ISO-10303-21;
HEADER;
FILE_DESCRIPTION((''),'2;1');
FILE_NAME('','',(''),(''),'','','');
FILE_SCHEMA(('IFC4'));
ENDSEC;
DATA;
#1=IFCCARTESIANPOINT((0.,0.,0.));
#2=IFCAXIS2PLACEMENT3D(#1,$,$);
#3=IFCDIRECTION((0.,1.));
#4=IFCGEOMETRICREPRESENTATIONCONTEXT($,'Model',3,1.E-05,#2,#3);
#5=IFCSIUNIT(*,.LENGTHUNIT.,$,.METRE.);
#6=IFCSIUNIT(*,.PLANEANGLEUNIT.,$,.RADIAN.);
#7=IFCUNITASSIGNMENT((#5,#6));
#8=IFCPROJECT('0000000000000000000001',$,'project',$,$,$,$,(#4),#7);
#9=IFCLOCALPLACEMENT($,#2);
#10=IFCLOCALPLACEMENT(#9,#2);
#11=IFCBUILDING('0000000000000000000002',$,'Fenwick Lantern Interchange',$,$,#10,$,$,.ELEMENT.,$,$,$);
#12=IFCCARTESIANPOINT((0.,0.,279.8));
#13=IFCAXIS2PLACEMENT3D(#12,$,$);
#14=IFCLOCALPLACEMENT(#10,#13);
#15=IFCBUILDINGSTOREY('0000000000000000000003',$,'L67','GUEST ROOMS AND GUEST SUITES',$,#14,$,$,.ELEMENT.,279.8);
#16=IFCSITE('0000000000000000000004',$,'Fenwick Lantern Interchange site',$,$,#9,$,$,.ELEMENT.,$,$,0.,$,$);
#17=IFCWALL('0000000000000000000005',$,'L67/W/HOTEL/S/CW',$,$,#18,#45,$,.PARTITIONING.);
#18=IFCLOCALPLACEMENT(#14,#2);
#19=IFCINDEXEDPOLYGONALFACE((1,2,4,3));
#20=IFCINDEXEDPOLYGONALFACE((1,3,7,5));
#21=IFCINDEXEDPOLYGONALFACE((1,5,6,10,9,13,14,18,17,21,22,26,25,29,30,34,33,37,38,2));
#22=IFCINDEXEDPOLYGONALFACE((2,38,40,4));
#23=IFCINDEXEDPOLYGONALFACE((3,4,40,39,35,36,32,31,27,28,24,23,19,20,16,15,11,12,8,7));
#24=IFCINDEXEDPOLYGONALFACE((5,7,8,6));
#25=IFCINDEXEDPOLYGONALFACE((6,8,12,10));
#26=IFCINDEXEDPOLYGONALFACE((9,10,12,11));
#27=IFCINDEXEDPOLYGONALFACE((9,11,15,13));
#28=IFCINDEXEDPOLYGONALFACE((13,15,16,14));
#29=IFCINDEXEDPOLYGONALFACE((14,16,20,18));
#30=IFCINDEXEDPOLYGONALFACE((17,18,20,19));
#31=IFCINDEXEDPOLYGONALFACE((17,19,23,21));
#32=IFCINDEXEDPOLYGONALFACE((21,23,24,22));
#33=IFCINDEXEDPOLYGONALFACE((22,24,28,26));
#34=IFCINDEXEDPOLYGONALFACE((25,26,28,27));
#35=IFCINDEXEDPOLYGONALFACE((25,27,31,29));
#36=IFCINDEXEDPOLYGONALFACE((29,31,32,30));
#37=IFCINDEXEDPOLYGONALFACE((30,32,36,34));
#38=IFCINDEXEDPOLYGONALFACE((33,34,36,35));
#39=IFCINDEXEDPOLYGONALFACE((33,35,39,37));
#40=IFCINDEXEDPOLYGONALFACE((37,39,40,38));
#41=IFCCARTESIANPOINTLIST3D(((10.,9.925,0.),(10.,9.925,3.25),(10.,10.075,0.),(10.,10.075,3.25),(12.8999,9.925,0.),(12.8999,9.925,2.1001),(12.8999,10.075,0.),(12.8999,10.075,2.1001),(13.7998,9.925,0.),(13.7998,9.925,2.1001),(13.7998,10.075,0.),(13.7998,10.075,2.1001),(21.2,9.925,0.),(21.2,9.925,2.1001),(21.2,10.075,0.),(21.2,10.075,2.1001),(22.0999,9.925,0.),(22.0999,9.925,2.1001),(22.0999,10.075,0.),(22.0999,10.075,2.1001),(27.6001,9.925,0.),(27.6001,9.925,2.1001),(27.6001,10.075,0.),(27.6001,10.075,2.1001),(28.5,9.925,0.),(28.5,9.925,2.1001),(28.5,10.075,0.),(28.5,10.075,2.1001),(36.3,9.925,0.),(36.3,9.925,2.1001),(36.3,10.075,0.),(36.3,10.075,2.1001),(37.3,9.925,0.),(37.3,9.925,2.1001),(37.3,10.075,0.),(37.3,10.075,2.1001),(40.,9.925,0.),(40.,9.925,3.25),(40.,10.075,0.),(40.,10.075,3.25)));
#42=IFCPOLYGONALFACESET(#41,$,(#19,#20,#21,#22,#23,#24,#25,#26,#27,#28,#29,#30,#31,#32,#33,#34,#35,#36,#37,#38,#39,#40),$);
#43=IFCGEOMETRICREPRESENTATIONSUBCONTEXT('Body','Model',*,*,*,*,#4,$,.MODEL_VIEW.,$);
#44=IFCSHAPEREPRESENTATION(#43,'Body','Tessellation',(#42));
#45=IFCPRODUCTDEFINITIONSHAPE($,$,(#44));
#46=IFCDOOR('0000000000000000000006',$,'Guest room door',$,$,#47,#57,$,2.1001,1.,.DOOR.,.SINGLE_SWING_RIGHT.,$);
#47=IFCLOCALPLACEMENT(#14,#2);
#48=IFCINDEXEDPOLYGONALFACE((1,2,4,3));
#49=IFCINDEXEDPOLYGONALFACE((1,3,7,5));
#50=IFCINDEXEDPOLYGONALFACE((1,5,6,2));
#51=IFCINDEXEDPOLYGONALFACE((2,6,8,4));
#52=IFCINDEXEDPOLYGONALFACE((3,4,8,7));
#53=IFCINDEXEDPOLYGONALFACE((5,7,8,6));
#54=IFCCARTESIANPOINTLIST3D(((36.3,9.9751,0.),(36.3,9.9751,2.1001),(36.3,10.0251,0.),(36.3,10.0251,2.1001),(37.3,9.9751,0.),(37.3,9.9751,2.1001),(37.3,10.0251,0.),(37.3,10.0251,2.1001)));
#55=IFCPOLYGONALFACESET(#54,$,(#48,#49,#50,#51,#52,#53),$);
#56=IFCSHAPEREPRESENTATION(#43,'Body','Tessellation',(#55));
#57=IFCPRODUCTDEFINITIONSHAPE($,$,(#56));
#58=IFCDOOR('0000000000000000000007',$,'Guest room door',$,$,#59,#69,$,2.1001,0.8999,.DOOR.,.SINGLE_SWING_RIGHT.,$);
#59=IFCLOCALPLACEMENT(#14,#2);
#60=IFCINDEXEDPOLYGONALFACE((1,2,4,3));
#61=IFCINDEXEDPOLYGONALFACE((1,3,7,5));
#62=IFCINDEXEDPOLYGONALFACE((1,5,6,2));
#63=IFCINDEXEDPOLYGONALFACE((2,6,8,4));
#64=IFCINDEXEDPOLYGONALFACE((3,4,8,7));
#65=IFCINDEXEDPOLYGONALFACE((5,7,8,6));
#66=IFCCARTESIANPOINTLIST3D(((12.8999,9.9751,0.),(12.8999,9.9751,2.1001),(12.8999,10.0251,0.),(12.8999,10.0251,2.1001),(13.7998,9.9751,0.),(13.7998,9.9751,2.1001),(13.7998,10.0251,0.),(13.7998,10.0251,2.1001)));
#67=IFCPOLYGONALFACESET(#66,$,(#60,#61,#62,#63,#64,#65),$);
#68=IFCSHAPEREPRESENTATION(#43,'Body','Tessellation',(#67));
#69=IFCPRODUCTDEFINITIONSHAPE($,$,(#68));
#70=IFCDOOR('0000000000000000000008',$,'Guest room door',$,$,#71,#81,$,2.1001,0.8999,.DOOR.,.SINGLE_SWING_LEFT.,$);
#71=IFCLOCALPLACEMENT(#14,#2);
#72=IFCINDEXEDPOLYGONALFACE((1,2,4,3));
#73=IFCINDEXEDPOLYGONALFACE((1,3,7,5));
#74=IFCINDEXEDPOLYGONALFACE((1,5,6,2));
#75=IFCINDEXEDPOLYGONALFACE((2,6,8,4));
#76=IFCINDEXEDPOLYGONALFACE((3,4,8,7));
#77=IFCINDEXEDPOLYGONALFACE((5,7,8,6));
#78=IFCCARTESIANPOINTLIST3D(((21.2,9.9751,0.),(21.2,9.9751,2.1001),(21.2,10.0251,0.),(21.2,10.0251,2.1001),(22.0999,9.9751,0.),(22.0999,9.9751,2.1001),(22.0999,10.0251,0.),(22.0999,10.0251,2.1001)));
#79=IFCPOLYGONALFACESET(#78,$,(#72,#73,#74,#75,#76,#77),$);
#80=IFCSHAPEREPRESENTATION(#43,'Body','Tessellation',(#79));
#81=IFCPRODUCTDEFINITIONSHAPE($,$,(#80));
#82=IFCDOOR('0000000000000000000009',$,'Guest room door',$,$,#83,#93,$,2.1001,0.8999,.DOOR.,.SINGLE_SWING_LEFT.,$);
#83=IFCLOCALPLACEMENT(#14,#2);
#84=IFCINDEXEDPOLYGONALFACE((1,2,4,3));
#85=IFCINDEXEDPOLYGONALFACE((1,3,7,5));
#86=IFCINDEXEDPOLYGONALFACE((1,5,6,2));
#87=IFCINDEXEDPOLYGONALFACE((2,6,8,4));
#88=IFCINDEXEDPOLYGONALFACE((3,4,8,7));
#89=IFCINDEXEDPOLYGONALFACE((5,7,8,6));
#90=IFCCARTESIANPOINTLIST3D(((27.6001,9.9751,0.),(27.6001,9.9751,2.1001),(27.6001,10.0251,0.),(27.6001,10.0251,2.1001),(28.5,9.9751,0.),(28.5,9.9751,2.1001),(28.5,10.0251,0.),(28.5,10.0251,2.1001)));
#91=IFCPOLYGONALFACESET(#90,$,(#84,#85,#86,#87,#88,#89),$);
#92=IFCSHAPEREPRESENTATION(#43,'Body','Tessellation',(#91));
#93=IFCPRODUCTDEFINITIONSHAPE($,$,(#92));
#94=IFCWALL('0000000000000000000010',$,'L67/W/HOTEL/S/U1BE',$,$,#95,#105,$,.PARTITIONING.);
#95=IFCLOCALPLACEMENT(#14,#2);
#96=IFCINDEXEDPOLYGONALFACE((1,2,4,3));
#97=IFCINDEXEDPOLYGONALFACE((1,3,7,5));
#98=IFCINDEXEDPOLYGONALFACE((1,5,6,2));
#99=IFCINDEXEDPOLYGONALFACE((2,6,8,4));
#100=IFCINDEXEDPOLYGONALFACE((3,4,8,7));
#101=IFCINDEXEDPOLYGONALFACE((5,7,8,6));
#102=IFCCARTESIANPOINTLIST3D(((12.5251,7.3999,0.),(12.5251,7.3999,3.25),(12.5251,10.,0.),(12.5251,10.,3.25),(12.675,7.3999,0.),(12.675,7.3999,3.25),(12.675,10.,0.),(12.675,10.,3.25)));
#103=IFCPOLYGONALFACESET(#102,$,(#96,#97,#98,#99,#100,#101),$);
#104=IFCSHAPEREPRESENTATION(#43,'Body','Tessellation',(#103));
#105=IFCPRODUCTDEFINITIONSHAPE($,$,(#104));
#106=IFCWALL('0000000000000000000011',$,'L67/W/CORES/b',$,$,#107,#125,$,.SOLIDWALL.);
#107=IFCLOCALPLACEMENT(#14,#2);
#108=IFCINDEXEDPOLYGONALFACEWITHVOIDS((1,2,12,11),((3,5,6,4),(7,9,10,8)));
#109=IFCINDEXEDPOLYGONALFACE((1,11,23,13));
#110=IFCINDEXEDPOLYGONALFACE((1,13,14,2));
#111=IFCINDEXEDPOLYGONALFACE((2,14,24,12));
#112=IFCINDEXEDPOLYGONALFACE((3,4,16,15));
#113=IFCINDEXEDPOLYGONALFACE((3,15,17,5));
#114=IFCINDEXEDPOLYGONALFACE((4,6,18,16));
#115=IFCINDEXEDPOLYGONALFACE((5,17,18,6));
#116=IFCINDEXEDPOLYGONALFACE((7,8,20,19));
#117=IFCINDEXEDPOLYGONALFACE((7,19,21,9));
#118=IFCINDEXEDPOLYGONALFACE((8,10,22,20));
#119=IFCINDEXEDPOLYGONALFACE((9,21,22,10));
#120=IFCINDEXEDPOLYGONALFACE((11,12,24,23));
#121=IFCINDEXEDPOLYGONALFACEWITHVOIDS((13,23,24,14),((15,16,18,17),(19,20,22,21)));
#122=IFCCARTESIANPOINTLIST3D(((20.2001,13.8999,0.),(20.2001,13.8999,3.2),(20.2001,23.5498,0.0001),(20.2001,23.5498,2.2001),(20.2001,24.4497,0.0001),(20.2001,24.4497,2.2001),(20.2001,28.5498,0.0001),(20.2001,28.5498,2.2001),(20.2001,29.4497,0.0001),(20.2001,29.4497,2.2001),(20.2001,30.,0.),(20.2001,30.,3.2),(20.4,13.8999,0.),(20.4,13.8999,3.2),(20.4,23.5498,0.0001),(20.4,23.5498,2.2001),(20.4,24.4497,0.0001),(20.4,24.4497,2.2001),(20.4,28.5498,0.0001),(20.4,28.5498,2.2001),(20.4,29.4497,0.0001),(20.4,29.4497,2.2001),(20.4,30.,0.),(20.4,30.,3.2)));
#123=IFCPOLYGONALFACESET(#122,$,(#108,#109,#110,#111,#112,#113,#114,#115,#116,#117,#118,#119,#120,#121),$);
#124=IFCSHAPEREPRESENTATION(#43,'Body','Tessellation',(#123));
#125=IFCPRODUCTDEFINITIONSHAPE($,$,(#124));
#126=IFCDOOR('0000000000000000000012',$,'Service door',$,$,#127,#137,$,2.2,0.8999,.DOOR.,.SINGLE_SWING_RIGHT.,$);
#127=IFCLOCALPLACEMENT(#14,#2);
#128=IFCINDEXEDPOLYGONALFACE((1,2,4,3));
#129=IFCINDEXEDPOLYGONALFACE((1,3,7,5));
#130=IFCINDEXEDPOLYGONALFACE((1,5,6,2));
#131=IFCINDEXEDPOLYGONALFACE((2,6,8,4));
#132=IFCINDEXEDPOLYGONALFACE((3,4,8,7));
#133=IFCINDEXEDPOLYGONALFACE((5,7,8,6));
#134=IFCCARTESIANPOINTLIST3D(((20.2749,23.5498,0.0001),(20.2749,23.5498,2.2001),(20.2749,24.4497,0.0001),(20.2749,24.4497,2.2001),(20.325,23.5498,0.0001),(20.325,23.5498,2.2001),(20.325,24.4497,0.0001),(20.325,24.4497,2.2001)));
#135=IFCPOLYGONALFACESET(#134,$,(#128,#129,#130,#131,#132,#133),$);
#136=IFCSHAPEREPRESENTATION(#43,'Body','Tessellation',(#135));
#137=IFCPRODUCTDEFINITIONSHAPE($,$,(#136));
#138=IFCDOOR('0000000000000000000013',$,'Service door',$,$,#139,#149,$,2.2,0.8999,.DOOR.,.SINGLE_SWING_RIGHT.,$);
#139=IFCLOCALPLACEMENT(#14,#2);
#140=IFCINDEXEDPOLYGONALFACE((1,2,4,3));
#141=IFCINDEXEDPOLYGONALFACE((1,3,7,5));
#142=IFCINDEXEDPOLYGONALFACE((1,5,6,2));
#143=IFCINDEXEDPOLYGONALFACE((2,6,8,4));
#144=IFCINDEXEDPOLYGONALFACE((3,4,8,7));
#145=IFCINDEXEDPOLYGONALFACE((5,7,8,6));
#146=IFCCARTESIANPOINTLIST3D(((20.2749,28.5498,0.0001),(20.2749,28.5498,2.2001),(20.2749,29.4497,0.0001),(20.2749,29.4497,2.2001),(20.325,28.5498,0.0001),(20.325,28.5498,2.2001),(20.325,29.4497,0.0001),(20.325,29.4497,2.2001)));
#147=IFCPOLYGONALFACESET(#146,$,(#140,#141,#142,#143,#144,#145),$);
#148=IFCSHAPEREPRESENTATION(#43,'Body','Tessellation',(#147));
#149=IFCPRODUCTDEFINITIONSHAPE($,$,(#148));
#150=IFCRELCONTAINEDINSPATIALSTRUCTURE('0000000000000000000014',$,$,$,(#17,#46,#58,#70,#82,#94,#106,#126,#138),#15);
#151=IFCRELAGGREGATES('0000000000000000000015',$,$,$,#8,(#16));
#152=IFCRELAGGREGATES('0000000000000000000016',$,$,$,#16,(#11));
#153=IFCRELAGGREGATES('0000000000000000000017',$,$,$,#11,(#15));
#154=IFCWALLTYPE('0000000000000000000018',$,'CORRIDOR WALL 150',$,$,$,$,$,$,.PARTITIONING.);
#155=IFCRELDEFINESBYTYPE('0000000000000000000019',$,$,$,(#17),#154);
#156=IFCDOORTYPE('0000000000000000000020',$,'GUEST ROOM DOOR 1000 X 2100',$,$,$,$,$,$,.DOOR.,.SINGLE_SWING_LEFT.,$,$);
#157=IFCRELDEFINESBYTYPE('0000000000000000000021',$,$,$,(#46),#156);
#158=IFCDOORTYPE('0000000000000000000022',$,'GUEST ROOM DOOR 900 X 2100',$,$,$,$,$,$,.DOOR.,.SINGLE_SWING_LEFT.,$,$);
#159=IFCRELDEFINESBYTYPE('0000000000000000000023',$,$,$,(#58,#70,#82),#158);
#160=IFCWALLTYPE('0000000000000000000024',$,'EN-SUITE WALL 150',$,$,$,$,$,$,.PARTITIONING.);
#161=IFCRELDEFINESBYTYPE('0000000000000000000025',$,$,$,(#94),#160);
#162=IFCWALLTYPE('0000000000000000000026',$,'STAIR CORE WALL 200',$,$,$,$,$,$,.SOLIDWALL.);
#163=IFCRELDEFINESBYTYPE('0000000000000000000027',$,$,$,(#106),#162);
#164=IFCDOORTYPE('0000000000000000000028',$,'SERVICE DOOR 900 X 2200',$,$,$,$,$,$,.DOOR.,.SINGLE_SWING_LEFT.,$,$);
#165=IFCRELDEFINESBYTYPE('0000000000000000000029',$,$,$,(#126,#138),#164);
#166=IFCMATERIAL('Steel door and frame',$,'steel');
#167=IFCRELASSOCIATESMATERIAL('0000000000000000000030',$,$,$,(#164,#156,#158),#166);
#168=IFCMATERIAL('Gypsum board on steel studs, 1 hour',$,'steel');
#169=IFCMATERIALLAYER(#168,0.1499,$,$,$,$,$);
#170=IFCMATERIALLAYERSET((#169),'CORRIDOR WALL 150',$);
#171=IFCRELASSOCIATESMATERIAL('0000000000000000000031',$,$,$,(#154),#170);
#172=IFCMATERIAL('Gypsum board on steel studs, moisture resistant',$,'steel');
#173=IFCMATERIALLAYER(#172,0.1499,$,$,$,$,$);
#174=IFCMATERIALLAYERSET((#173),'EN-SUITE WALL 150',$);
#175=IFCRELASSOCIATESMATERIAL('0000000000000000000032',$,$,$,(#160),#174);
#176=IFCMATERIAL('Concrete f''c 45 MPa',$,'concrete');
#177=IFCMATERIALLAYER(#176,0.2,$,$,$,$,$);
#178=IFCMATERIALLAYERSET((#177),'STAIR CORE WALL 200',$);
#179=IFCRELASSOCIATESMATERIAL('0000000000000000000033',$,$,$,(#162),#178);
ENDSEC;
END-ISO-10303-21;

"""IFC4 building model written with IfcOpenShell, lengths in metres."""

from ifc_helpers import new_model, si_unit, direction, frame, frame_2d, origin, place, context, subcontext, project, spatial, rectangle, extrude, material, layer, layer_set, type_object, element, fill, save


model = new_model("IFC4")

# Units and contexts
model_context = context("Model", 3, precision=1e-05, world=origin(), true_north=direction((0.0, 1.0)))
body_context = subcontext(model_context, "Body", "Model", "MODEL_VIEW")
ifc_project = project(units=[si_unit("LENGTHUNIT", "METRE"), si_unit("PLANEANGLEUNIT", "RADIAN")], contexts=[model_context])

# Site, building, storey
site_placement = place(None, origin())
site = spatial("IfcSite", under=ifc_project, at=site_placement, Name="Fenwick Lantern Interchange site", CompositionType="ELEMENT", RefElevation=0.0)
building_placement = place(site_placement, origin())
building = spatial("IfcBuilding", under=site, at=building_placement, Name="Fenwick Lantern Interchange", CompositionType="ELEMENT")
storey_placement = place(building_placement, frame((0.0, 0.0, 279.8)))
storey = spatial("IfcBuildingStorey", under=building, at=storey_placement, Name="L67", Description="GUEST ROOMS AND GUEST SUITES", CompositionType="ELEMENT", Elevation=279.8)

# Shared definitions
ifc_material_1 = material(Name="Steel door and frame", Category="steel")
door_type_1 = type_object("IfcDoorType", Name="SERVICE DOOR 900 X 2200", OperationType="SINGLE_SWING_LEFT", PredefinedType="DOOR", material=ifc_material_1)

# Wall, openings, doors
ifc_material_2 = material(Name="Gypsum board on steel studs, 1 hour", Category="steel")
ifc_layer_1 = layer(ifc_material_2, 0.1499)
ifc_layer_set_1 = layer_set([ifc_layer_1], Name="CORRIDOR WALL 150")
wall_type_1 = type_object("IfcWallType", Name="CORRIDOR WALL 150", PredefinedType="PARTITIONING", material=ifc_layer_set_1)
wall_1_placement = place(storey_placement, frame((10.0, 10.0, 0.0), z_axis=(0.0, 0.0, 1.0), x_axis=(1.0, 0.0, 0.0)))
wall_1 = element("IfcWall", 1, at=wall_1_placement, inside=storey, type_object=wall_type_1, Name="L67/W/HOTEL/S/CW", PredefinedType="PARTITIONING", context=body_context, shape_type="SweptSolid", body=[
    extrude(rectangle(XDim=30.0, YDim=0.1499, at=frame_2d((15.0, 0.0))), origin(), (0.0, 0.0, 1.0), 3.25),
])
opening_1_placement = place(wall_1_placement, frame((2.8999, 0.0, 0.0)))
opening_1 = element("IfcOpeningElement", 2, at=opening_1_placement, cuts=wall_1, PredefinedType="OPENING", context=body_context, shape_type="SweptSolid", body=[
    extrude(rectangle(XDim=0.8999, YDim=2.1001, at=frame_2d((0.45, 1.05))), frame((0.0, 0.085, 0.0), z_axis=(0.0, -1.0, 0.0), x_axis=(1.0, 0.0, 0.0)), (0.0, 0.0, 1.0), 0.1699),
])
opening_2_placement = place(wall_1_placement, frame((11.2, 0.0, 0.0)))
opening_2 = element("IfcOpeningElement", 3, at=opening_2_placement, cuts=wall_1, PredefinedType="OPENING", context=body_context, shape_type="SweptSolid", body=[
    extrude(rectangle(XDim=0.8999, YDim=2.1001, at=frame_2d((0.45, 1.05))), frame((0.0, 0.085, 0.0), z_axis=(0.0, -1.0, 0.0), x_axis=(1.0, 0.0, 0.0)), (0.0, 0.0, 1.0), 0.1699),
])
opening_3_placement = place(wall_1_placement, frame((17.6001, 0.0, 0.0)))
opening_3 = element("IfcOpeningElement", 4, at=opening_3_placement, cuts=wall_1, PredefinedType="OPENING", context=body_context, shape_type="SweptSolid", body=[
    extrude(rectangle(XDim=0.8999, YDim=2.1001, at=frame_2d((0.45, 1.05))), frame((0.0, 0.085, 0.0), z_axis=(0.0, -1.0, 0.0), x_axis=(1.0, 0.0, 0.0)), (0.0, 0.0, 1.0), 0.1699),
])
opening_4_placement = place(wall_1_placement, frame((26.3, 0.0, 0.0)))
opening_4 = element("IfcOpeningElement", 5, at=opening_4_placement, cuts=wall_1, PredefinedType="OPENING", context=body_context, shape_type="SweptSolid", body=[
    extrude(rectangle(XDim=1.0, YDim=2.1001, at=frame_2d((0.5, 1.05))), frame((0.0, 0.085, 0.0), z_axis=(0.0, -1.0, 0.0), x_axis=(1.0, 0.0, 0.0)), (0.0, 0.0, 1.0), 0.1699),
])
door_type_2 = type_object("IfcDoorType", Name="GUEST ROOM DOOR 1000 X 2100", OperationType="SINGLE_SWING_LEFT", PredefinedType="DOOR", material=ifc_material_1)
door_1_placement = place(opening_4_placement, frame((1.0, 0.0, 0.0), z_axis=(0.0, 0.0, 1.0), x_axis=(-1.0, 0.0, 0.0)))
door_1 = element("IfcDoor", 6, at=door_1_placement, inside=storey, type_object=door_type_2, Name="Guest room door", OperationType="SINGLE_SWING_RIGHT", OverallHeight=2.1001, OverallWidth=1.0, PredefinedType="DOOR", context=body_context, shape_type="SweptSolid", body=[
    extrude(rectangle(XDim=1.0, YDim=2.1001, at=frame_2d((0.5, 1.05))), frame((0.0, 0.0249, 0.0), z_axis=(0.0, -1.0, 0.0), x_axis=(1.0, 0.0, 0.0)), (0.0, 0.0, 1.0), 0.05),
])
fill(opening_4, door_1)
door_type_3 = type_object("IfcDoorType", Name="GUEST ROOM DOOR 900 X 2100", OperationType="SINGLE_SWING_LEFT", PredefinedType="DOOR", material=ifc_material_1)
door_2_placement = place(opening_1_placement, frame((0.8999, 0.0, 0.0), z_axis=(0.0, 0.0, 1.0), x_axis=(-1.0, 0.0, 0.0)))
door_2 = element("IfcDoor", 7, at=door_2_placement, inside=storey, type_object=door_type_3, Name="Guest room door", OperationType="SINGLE_SWING_RIGHT", OverallHeight=2.1001, OverallWidth=0.8999, PredefinedType="DOOR", context=body_context, shape_type="SweptSolid", body=[
    extrude(rectangle(XDim=0.8999, YDim=2.1001, at=frame_2d((0.45, 1.05))), frame((0.0, 0.0249, 0.0), z_axis=(0.0, -1.0, 0.0), x_axis=(1.0, 0.0, 0.0)), (0.0, 0.0, 1.0), 0.05),
])
fill(opening_1, door_2)
door_3_placement = place(opening_2_placement, frame((0.8999, 0.0, 0.0), z_axis=(0.0, 0.0, 1.0), x_axis=(-1.0, 0.0, 0.0)))
door_3 = element("IfcDoor", 8, at=door_3_placement, inside=storey, type_object=door_type_3, Name="Guest room door", OperationType="SINGLE_SWING_LEFT", OverallHeight=2.1001, OverallWidth=0.8999, PredefinedType="DOOR", context=body_context, shape_type="SweptSolid", body=[
    extrude(rectangle(XDim=0.8999, YDim=2.1001, at=frame_2d((0.45, 1.05))), frame((0.0, 0.0249, 0.0), z_axis=(0.0, -1.0, 0.0), x_axis=(1.0, 0.0, 0.0)), (0.0, 0.0, 1.0), 0.05),
])
fill(opening_2, door_3)
door_4_placement = place(opening_3_placement, frame((0.8999, 0.0, 0.0), z_axis=(0.0, 0.0, 1.0), x_axis=(-1.0, 0.0, 0.0)))
door_4 = element("IfcDoor", 9, at=door_4_placement, inside=storey, type_object=door_type_3, Name="Guest room door", OperationType="SINGLE_SWING_LEFT", OverallHeight=2.1001, OverallWidth=0.8999, PredefinedType="DOOR", context=body_context, shape_type="SweptSolid", body=[
    extrude(rectangle(XDim=0.8999, YDim=2.1001, at=frame_2d((0.45, 1.05))), frame((0.0, 0.0249, 0.0), z_axis=(0.0, -1.0, 0.0), x_axis=(1.0, 0.0, 0.0)), (0.0, 0.0, 1.0), 0.05),
])
fill(opening_3, door_4)

# Wall
ifc_material_3 = material(Name="Gypsum board on steel studs, moisture resistant", Category="steel")
ifc_layer_2 = layer(ifc_material_3, 0.1499)
ifc_layer_set_2 = layer_set([ifc_layer_2], Name="EN-SUITE WALL 150")
wall_type_2 = type_object("IfcWallType", Name="EN-SUITE WALL 150", PredefinedType="PARTITIONING", material=ifc_layer_set_2)
wall_2_placement = place(storey_placement, frame((12.6001, 7.3999, 0.0), z_axis=(0.0, 0.0, 1.0), x_axis=(0.0, 1.0, 0.0)))
element("IfcWall", 10, at=wall_2_placement, inside=storey, type_object=wall_type_2, Name="L67/W/HOTEL/S/U1BE", PredefinedType="PARTITIONING", context=body_context, shape_type="SweptSolid", body=[
    extrude(rectangle(XDim=2.6001, YDim=0.1499, at=frame_2d((1.3, 0.0))), origin(), (0.0, 0.0, 1.0), 3.25),
])

# Wall, openings, doors
ifc_material_4 = material(Name="Concrete f'c 45 MPa", Category="concrete")
ifc_layer_3 = layer(ifc_material_4, 0.2)
ifc_layer_set_3 = layer_set([ifc_layer_3], Name="STAIR CORE WALL 200")
wall_type_3 = type_object("IfcWallType", Name="STAIR CORE WALL 200", PredefinedType="SOLIDWALL", material=ifc_layer_set_3)
wall_3_placement = place(storey_placement, frame((20.3, 13.8999, 0.0), z_axis=(0.0, 0.0, 1.0), x_axis=(0.0, 1.0, 0.0)))
wall_3 = element("IfcWall", 11, at=wall_3_placement, inside=storey, type_object=wall_type_3, Name="L67/W/CORES/b", PredefinedType="SOLIDWALL", context=body_context, shape_type="SweptSolid", body=[
    extrude(rectangle(XDim=16.1001, YDim=0.2, at=frame_2d((8.05, 0.0))), origin(), (0.0, 0.0, 1.0), 3.2),
])
opening_5_placement = place(wall_3_placement, frame((9.6499, 0.0, 0.0)))
opening_5 = element("IfcOpeningElement", 12, at=opening_5_placement, cuts=wall_3, PredefinedType="OPENING", context=body_context, shape_type="SweptSolid", body=[
    extrude(rectangle(XDim=0.8999, YDim=2.2, at=frame_2d((0.45, 1.1001))), frame((0.0, 0.1099, 0.0), z_axis=(0.0, -1.0, 0.0), x_axis=(1.0, 0.0, 0.0)), (0.0, 0.0, 1.0), 0.22),
])
opening_6_placement = place(wall_3_placement, frame((14.6499, 0.0, 0.0)))
opening_6 = element("IfcOpeningElement", 13, at=opening_6_placement, cuts=wall_3, PredefinedType="OPENING", context=body_context, shape_type="SweptSolid", body=[
    extrude(rectangle(XDim=0.8999, YDim=2.2, at=frame_2d((0.45, 1.1001))), frame((0.0, 0.1099, 0.0), z_axis=(0.0, -1.0, 0.0), x_axis=(1.0, 0.0, 0.0)), (0.0, 0.0, 1.0), 0.22),
])
door_5_placement = place(opening_5_placement, frame((0.8999, 0.0, 0.0), z_axis=(0.0, 0.0, 1.0), x_axis=(-1.0, 0.0, 0.0)))
door_5 = element("IfcDoor", 14, at=door_5_placement, inside=storey, type_object=door_type_1, Name="Service door", OperationType="SINGLE_SWING_RIGHT", OverallHeight=2.2, OverallWidth=0.8999, PredefinedType="DOOR", context=body_context, shape_type="SweptSolid", body=[
    extrude(rectangle(XDim=0.8999, YDim=2.2, at=frame_2d((0.45, 1.1001))), frame((0.0, 0.0249, 0.0), z_axis=(0.0, -1.0, 0.0), x_axis=(1.0, 0.0, 0.0)), (0.0, 0.0, 1.0), 0.05),
])
fill(opening_5, door_5)
door_6_placement = place(opening_6_placement, frame((0.8999, 0.0, 0.0), z_axis=(0.0, 0.0, 1.0), x_axis=(-1.0, 0.0, 0.0)))
door_6 = element("IfcDoor", 15, at=door_6_placement, inside=storey, type_object=door_type_1, Name="Service door", OperationType="SINGLE_SWING_RIGHT", OverallHeight=2.2, OverallWidth=0.8999, PredefinedType="DOOR", context=body_context, shape_type="SweptSolid", body=[
    extrude(rectangle(XDim=0.8999, YDim=2.2, at=frame_2d((0.45, 1.1001))), frame((0.0, 0.0249, 0.0), z_axis=(0.0, -1.0, 0.0), x_axis=(1.0, 0.0, 0.0)), (0.0, 0.0, 1.0), 0.05),
])
fill(opening_6, door_6)

save(model, "model.ifc")
